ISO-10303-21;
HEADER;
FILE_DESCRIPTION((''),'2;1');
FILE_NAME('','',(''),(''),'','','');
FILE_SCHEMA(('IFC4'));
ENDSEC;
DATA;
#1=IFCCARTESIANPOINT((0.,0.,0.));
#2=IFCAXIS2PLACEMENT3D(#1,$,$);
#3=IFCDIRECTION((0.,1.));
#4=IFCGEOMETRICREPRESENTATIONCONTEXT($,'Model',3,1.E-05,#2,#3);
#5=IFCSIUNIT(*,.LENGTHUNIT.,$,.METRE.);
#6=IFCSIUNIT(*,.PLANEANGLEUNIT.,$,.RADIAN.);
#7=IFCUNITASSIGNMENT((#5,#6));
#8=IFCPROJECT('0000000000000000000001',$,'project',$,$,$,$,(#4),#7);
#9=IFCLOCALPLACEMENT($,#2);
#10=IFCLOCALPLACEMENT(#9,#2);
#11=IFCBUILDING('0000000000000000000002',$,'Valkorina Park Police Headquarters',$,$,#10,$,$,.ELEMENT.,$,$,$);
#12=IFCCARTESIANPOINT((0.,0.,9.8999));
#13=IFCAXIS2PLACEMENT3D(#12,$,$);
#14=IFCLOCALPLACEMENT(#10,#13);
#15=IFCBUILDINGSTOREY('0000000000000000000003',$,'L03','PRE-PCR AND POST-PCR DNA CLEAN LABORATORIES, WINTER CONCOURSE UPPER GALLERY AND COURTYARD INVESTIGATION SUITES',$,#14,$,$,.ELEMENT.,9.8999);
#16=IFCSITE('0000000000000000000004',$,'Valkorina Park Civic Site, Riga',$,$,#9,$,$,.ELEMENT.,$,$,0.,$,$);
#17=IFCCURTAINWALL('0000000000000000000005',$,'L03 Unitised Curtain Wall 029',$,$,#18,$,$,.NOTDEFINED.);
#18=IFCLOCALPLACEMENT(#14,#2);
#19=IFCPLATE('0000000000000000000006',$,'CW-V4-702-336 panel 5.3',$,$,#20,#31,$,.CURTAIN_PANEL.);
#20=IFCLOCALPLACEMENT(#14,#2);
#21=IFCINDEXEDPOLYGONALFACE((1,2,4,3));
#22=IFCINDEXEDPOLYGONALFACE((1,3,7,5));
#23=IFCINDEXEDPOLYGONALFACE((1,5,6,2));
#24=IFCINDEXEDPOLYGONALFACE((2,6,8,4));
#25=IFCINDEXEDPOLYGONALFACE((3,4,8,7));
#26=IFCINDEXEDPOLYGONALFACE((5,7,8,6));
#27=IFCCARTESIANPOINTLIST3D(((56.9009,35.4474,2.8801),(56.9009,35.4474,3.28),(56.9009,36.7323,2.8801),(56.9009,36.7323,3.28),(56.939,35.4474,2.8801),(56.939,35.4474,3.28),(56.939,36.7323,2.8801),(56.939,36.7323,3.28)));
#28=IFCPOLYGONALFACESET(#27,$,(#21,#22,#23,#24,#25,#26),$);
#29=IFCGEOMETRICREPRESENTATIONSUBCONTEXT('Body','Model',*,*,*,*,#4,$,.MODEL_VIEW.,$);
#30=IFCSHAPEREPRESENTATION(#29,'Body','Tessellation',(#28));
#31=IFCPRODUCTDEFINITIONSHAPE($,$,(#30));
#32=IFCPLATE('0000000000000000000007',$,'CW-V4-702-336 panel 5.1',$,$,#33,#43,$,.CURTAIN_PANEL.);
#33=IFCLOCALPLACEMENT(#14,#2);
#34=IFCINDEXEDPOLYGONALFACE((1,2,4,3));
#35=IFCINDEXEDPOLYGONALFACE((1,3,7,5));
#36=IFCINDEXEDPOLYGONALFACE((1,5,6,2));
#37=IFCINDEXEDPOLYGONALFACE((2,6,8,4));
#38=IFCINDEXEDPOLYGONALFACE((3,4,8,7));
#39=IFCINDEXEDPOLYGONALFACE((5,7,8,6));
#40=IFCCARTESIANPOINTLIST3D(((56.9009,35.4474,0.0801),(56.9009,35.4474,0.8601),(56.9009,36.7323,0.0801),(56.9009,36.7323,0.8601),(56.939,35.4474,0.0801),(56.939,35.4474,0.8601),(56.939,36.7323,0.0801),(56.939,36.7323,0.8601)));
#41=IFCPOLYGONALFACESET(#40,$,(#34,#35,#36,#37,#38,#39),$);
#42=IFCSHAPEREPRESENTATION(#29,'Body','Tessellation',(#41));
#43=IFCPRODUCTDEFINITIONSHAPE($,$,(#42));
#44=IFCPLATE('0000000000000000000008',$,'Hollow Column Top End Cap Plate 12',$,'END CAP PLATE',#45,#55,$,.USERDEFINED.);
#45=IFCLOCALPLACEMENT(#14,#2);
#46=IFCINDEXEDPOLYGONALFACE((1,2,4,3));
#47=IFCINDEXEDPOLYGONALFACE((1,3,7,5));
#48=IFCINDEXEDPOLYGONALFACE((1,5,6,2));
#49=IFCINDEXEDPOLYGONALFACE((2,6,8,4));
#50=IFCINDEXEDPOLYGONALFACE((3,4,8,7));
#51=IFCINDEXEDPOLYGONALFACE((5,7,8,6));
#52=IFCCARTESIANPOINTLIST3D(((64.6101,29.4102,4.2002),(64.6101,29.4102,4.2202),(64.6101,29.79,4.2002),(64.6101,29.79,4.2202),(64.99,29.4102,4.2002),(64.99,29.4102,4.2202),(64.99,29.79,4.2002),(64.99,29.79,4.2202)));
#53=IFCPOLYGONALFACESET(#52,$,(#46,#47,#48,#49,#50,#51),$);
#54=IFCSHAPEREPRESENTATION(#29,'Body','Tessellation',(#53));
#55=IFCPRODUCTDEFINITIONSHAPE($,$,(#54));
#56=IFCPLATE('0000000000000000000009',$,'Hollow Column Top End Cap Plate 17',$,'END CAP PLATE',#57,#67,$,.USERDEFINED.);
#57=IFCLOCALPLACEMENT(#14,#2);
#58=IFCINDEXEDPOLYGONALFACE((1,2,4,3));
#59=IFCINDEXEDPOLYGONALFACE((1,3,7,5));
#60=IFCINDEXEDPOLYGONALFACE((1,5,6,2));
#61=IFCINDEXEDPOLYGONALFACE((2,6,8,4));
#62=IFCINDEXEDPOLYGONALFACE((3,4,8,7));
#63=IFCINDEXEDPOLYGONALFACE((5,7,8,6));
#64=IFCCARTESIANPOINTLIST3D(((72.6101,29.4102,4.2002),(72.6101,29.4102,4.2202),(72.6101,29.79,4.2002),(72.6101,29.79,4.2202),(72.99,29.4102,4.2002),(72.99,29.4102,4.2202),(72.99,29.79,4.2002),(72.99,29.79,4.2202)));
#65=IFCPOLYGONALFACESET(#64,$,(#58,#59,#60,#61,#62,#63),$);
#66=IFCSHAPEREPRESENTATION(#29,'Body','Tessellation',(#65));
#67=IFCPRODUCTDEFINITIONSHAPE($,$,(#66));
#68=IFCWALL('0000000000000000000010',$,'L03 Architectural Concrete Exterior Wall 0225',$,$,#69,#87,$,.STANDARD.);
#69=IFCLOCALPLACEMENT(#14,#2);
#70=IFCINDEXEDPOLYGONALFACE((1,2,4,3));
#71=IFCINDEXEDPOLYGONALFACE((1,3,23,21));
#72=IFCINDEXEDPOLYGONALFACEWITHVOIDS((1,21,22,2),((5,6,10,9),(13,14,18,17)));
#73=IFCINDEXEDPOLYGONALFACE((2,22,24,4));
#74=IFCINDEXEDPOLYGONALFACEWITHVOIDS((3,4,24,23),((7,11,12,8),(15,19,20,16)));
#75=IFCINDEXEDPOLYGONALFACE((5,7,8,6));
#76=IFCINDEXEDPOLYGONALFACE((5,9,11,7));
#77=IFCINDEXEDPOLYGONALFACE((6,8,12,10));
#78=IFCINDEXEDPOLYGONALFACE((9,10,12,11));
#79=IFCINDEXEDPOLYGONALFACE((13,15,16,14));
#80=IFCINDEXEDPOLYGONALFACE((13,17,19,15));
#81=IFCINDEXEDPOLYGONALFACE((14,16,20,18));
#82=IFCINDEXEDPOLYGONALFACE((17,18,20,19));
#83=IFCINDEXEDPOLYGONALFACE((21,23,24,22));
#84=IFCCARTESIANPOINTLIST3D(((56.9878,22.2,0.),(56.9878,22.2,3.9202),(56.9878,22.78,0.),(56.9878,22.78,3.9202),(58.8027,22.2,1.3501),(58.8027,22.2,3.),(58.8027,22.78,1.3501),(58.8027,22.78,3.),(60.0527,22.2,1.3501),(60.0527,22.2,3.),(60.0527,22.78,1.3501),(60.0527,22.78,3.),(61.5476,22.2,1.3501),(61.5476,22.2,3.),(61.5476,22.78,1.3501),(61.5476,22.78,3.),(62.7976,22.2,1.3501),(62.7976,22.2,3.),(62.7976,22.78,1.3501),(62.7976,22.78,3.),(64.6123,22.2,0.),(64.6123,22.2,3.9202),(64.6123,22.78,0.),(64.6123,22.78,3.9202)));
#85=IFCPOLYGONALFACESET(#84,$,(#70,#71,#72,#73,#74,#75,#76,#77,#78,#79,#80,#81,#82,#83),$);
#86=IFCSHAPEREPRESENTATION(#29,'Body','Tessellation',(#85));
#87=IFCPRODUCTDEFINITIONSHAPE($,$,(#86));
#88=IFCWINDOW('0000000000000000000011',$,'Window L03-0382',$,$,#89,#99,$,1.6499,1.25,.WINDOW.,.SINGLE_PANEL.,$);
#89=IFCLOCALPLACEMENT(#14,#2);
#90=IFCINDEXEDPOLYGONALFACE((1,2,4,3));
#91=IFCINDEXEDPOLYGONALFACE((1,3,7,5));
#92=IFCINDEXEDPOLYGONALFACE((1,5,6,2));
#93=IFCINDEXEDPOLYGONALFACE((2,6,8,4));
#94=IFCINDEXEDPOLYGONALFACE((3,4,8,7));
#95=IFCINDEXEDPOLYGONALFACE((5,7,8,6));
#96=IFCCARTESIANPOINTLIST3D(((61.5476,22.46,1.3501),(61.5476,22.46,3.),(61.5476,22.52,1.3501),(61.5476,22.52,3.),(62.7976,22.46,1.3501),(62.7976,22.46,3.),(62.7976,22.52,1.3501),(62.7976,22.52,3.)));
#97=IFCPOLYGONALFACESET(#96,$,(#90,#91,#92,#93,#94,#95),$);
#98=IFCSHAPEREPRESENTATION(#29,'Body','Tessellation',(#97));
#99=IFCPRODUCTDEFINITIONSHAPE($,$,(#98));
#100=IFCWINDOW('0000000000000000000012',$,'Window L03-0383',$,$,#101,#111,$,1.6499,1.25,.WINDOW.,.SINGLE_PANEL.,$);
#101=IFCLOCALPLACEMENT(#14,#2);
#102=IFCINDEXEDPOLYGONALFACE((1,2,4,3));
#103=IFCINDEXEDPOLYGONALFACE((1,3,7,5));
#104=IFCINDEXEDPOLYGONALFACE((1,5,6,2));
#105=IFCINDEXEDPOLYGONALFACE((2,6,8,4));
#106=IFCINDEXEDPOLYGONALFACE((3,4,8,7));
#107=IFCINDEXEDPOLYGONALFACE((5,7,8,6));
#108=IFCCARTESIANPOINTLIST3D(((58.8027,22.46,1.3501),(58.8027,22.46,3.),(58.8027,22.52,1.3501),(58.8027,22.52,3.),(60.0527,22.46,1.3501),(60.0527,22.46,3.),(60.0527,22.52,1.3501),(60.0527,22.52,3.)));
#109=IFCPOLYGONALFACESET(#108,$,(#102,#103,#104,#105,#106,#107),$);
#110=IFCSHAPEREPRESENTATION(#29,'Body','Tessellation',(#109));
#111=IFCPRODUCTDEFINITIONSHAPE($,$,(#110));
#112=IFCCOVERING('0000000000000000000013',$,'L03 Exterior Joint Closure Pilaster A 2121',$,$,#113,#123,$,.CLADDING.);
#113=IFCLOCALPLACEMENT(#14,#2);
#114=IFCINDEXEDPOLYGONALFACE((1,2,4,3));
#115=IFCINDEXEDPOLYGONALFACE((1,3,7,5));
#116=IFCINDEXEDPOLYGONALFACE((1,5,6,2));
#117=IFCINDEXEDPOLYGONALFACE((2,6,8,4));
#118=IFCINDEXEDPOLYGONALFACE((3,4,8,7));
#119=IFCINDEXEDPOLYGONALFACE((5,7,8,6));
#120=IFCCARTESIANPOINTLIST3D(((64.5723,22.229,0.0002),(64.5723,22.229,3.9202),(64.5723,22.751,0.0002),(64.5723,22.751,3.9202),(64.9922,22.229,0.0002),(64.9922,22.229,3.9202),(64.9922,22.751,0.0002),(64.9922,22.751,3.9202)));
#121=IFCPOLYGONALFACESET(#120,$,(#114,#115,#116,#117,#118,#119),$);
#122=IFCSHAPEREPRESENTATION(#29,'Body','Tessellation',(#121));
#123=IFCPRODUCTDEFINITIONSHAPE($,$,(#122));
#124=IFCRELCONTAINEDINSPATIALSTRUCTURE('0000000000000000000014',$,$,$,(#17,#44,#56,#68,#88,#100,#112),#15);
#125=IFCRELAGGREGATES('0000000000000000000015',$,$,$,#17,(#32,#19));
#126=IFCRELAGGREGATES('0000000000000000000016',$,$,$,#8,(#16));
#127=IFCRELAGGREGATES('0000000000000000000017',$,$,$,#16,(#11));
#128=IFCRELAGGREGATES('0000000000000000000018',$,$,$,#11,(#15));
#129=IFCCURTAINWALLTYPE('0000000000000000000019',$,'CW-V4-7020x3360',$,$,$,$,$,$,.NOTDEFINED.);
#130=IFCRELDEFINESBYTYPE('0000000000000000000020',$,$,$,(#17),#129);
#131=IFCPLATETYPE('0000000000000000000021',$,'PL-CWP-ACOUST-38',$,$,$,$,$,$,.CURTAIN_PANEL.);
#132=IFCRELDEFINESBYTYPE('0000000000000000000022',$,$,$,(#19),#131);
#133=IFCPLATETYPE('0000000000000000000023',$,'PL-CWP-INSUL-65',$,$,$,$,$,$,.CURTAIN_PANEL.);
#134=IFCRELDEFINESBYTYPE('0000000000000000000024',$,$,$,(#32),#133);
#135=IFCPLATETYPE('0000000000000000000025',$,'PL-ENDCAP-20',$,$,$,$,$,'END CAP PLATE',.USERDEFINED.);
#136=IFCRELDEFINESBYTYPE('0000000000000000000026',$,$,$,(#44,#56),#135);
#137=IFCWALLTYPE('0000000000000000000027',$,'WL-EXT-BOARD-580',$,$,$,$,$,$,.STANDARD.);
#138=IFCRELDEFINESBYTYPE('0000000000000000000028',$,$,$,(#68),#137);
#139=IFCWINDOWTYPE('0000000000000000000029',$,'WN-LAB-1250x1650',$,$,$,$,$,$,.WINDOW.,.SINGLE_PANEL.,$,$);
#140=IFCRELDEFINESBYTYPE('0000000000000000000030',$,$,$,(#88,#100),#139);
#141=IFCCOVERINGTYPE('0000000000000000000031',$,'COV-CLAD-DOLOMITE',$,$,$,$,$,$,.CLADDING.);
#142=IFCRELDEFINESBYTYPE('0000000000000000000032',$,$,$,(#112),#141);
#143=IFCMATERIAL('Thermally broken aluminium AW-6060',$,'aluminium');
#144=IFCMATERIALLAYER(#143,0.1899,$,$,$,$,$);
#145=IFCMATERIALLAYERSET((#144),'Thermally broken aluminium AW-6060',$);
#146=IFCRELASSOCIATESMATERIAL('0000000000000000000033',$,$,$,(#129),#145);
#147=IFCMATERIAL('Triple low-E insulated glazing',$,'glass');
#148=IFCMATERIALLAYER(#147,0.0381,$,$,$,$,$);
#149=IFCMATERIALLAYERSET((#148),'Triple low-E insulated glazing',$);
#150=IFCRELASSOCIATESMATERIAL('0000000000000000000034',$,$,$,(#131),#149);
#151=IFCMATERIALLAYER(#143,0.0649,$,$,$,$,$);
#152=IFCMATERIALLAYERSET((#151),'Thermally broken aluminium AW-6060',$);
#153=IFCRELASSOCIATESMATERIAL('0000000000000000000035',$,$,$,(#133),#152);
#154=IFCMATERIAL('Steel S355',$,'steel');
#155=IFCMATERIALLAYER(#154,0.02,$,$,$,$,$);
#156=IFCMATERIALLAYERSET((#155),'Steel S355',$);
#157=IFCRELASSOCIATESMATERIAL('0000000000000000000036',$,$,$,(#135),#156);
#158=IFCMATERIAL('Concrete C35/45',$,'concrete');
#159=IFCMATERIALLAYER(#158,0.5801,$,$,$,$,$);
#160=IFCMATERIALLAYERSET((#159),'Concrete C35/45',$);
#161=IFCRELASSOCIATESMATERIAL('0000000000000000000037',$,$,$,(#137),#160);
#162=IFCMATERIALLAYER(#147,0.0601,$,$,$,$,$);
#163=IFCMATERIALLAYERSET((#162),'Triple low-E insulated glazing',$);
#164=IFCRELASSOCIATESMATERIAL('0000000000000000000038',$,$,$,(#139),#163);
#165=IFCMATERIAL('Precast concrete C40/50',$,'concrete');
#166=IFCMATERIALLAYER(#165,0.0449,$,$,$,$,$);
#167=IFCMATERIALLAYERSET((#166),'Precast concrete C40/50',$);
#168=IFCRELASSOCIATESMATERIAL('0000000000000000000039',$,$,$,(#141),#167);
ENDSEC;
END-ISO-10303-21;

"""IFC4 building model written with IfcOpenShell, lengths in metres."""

from ifc_helpers import new_model, si_unit, direction, frame, frame_2d, origin, origin_2d, place, context, subcontext, project, spatial, rectangle, extrude, material, layer, layer_set, type_object, element, fill, aggregate, save


model = new_model("IFC4")

# Units and contexts
model_context = context("Model", 3, precision=1e-05, world=origin(), true_north=direction((0.0, 1.0)))
body_context = subcontext(model_context, "Body", "Model", "MODEL_VIEW")
ifc_project = project(units=[si_unit("LENGTHUNIT", "METRE"), si_unit("PLANEANGLEUNIT", "RADIAN")], contexts=[model_context])

# Site, building, storey
site_placement = place(None, origin())
site = spatial("IfcSite", under=ifc_project, at=site_placement, Name="Valkorina Park Civic Site, Riga", CompositionType="ELEMENT", RefElevation=0.0)
building_placement = place(site_placement, origin())
building = spatial("IfcBuilding", under=site, at=building_placement, Name="Valkorina Park Police Headquarters", CompositionType="ELEMENT")
storey_placement = place(building_placement, frame((0.0, 0.0, 9.8999)))
storey = spatial("IfcBuildingStorey", under=building, at=storey_placement, Name="L03", Description="PRE-PCR AND POST-PCR DNA CLEAN LABORATORIES, WINTER CONCOURSE UPPER GALLERY AND COURTYARD INVESTIGATION SUITES", CompositionType="ELEMENT", Elevation=9.8999)

# Shared definitions
ifc_material_1 = material(Name="Steel S355", Category="steel")

# Curtain wall, plates
ifc_material_2 = material(Name="Thermally broken aluminium AW-6060", Category="aluminium")
ifc_layer_1 = layer(ifc_material_2, 0.1899)
ifc_layer_set_1 = layer_set([ifc_layer_1], Name="Thermally broken aluminium AW-6060")
curtain_wall_type = type_object("IfcCurtainWallType", Name="CW-V4-7020x3360", PredefinedType="NOTDEFINED", material=ifc_layer_set_1)
curtain_wall_placement = place(storey_placement, origin())
curtain_wall = element("IfcCurtainWall", 1, at=curtain_wall_placement, inside=storey, type_object=curtain_wall_type, Name="L03 Unitised Curtain Wall 029", PredefinedType="NOTDEFINED")
ifc_material_3 = material(Name="Triple low-E insulated glazing", Category="glass")
ifc_layer_2 = layer(ifc_material_3, 0.0381)
ifc_layer_set_2 = layer_set([ifc_layer_2], Name="Triple low-E insulated glazing")
plate_type_1 = type_object("IfcPlateType", Name="PL-CWP-ACOUST-38", PredefinedType="CURTAIN_PANEL", material=ifc_layer_set_2)
plate_1_placement = place(storey_placement, frame((56.9199, 36.0898, 2.8801), z_axis=(0.0, 0.0, 1.0), x_axis=(0.0, 1.0, 0.0)))
plate_1 = element("IfcPlate", 2, at=plate_1_placement, type_object=plate_type_1, Name="CW-V4-702-336 panel 5.3", PredefinedType="CURTAIN_PANEL", context=body_context, shape_type="SweptSolid", body=[
    extrude(rectangle(XDim=1.2849, YDim=0.0381, at=origin_2d()), origin(), (0.0, 0.0, 1.0), 0.3999),
])
ifc_layer_3 = layer(ifc_material_2, 0.0649)
ifc_layer_set_3 = layer_set([ifc_layer_3], Name="Thermally broken aluminium AW-6060")
plate_type_2 = type_object("IfcPlateType", Name="PL-CWP-INSUL-65", PredefinedType="CURTAIN_PANEL", material=ifc_layer_set_3)
plate_2_placement = place(storey_placement, frame((56.9199, 36.0898, 0.0801), z_axis=(0.0, 0.0, 1.0), x_axis=(0.0, 1.0, 0.0)))
plate_2 = element("IfcPlate", 3, at=plate_2_placement, type_object=plate_type_2, Name="CW-V4-702-336 panel 5.1", PredefinedType="CURTAIN_PANEL", context=body_context, shape_type="SweptSolid", body=[
    extrude(rectangle(XDim=1.2849, YDim=0.0381, at=origin_2d()), origin(), (0.0, 0.0, 1.0), 0.78),
])
aggregate(curtain_wall, [plate_2, plate_1])

# Plates
ifc_layer_4 = layer(ifc_material_1, 0.02)
ifc_layer_set_4 = layer_set([ifc_layer_4], Name="Steel S355")
plate_type_3 = type_object("IfcPlateType", Name="PL-ENDCAP-20", ElementType="END CAP PLATE", PredefinedType="USERDEFINED", material=ifc_layer_set_4)
for number, where, z_axis, x_axis, name in (
    (4, (64.8, 29.6001, 4.2002), (0.0, 0.0, 1.0), (1.0, 0.0, 0.0), "Hollow Column Top End Cap Plate 12"),
    (5, (72.8, 29.6001, 4.2002), (0.0, 0.0, 1.0), (1.0, 0.0, 0.0), "Hollow Column Top End Cap Plate 17"),
):
    element("IfcPlate", number, at=place(storey_placement, frame(where, z_axis=z_axis, x_axis=x_axis)), inside=storey, type_object=plate_type_3, Name=name, ObjectType="END CAP PLATE", PredefinedType="USERDEFINED", context=body_context, shape_type="SweptSolid", body=[
        extrude(rectangle(XDim=0.3799, YDim=0.3799, at=origin_2d()), origin(), (0.0, 0.0, 1.0), 0.02),
    ])

# Wall, openings, windows
ifc_material_4 = material(Name="Concrete C35/45", Category="concrete")
ifc_layer_5 = layer(ifc_material_4, 0.5801)
ifc_layer_set_5 = layer_set([ifc_layer_5], Name="Concrete C35/45")
wall_type = type_object("IfcWallType", Name="WL-EXT-BOARD-580", PredefinedType="STANDARD", material=ifc_layer_set_5)
wall_placement = place(storey_placement, frame((64.6123, 22.49, 0.0), z_axis=(0.0, 0.0, 1.0), x_axis=(-1.0, 0.0, 0.0)))
wall = element("IfcWall", 6, at=wall_placement, inside=storey, type_object=wall_type, Name="L03 Architectural Concrete Exterior Wall 0225", PredefinedType="STANDARD", context=body_context, shape_type="SweptSolid", body=[
    extrude(rectangle(XDim=7.6245, YDim=0.5801, at=frame_2d((3.8123, 0.0))), origin(), (0.0, 0.0, 1.0), 3.9202),
])
opening_1_placement = place(wall_placement, frame((1.8147, 0.0, 1.3501)))
opening_1 = element("IfcOpeningElement", 7, at=opening_1_placement, cuts=wall, PredefinedType="OPENING", context=body_context, shape_type="SweptSolid", body=[
    extrude(rectangle(XDim=1.25, YDim=1.6499, at=frame_2d((0.625, 0.825))), frame((0.0, 0.3, 0.0), z_axis=(0.0, -1.0, 0.0), x_axis=(1.0, 0.0, 0.0)), (0.0, 0.0, 1.0), 0.6001),
])
opening_2_placement = place(wall_placement, frame((4.5596, 0.0, 1.3501)))
opening_2 = element("IfcOpeningElement", 8, at=opening_2_placement, cuts=wall, PredefinedType="OPENING", context=body_context, shape_type="SweptSolid", body=[
    extrude(rectangle(XDim=1.25, YDim=1.6499, at=frame_2d((0.625, 0.825))), frame((0.0, 0.3, 0.0), z_axis=(0.0, -1.0, 0.0), x_axis=(1.0, 0.0, 0.0)), (0.0, 0.0, 1.0), 0.6001),
])
ifc_layer_6 = layer(ifc_material_3, 0.0601)
ifc_layer_set_6 = layer_set([ifc_layer_6], Name="Triple low-E insulated glazing")
window_type = type_object("IfcWindowType", Name="WN-LAB-1250x1650", PartitioningType="SINGLE_PANEL", PredefinedType="WINDOW", material=ifc_layer_set_6)
window_1_placement = place(opening_1_placement, origin())
window_1 = element("IfcWindow", 9, at=window_1_placement, inside=storey, type_object=window_type, Name="Window L03-0382", OverallHeight=1.6499, OverallWidth=1.25, PartitioningType="SINGLE_PANEL", PredefinedType="WINDOW", context=body_context, shape_type="SweptSolid", body=[
    extrude(rectangle(XDim=1.25, YDim=1.6499, at=frame_2d((0.625, 0.825))), frame((0.0, 0.03, 0.0), z_axis=(0.0, -1.0, 0.0), x_axis=(1.0, 0.0, 0.0)), (0.0, 0.0, 1.0), 0.0601),
])
fill(opening_1, window_1)
window_2_placement = place(opening_2_placement, origin())
window_2 = element("IfcWindow", 10, at=window_2_placement, inside=storey, type_object=window_type, Name="Window L03-0383", OverallHeight=1.6499, OverallWidth=1.25, PartitioningType="SINGLE_PANEL", PredefinedType="WINDOW", context=body_context, shape_type="SweptSolid", body=[
    extrude(rectangle(XDim=1.25, YDim=1.6499, at=frame_2d((0.625, 0.825))), frame((0.0, 0.03, 0.0), z_axis=(0.0, -1.0, 0.0), x_axis=(1.0, 0.0, 0.0)), (0.0, 0.0, 1.0), 0.0601),
])
fill(opening_2, window_2)

# Covering
ifc_material_5 = material(Name="Precast concrete C40/50", Category="concrete")
ifc_layer_7 = layer(ifc_material_5, 0.0449)
ifc_layer_set_7 = layer_set([ifc_layer_7], Name="Precast concrete C40/50")
covering_type = type_object("IfcCoveringType", Name="COV-CLAD-DOLOMITE", PredefinedType="CLADDING", material=ifc_layer_set_7)
covering_placement = place(storey_placement, frame((64.7822, 22.49, 0.0002), z_axis=(0.0, 0.0, 1.0), x_axis=(1.0, 0.0, 0.0)))
element("IfcCovering", 11, at=covering_placement, inside=storey, type_object=covering_type, Name="L03 Exterior Joint Closure Pilaster A 2121", PredefinedType="CLADDING", context=body_context, shape_type="SweptSolid", body=[
    extrude(rectangle(XDim=0.4199, YDim=0.522, at=origin_2d()), origin(), (0.0, 0.0, 1.0), 3.9199),
])

save(model, "model.ifc")
